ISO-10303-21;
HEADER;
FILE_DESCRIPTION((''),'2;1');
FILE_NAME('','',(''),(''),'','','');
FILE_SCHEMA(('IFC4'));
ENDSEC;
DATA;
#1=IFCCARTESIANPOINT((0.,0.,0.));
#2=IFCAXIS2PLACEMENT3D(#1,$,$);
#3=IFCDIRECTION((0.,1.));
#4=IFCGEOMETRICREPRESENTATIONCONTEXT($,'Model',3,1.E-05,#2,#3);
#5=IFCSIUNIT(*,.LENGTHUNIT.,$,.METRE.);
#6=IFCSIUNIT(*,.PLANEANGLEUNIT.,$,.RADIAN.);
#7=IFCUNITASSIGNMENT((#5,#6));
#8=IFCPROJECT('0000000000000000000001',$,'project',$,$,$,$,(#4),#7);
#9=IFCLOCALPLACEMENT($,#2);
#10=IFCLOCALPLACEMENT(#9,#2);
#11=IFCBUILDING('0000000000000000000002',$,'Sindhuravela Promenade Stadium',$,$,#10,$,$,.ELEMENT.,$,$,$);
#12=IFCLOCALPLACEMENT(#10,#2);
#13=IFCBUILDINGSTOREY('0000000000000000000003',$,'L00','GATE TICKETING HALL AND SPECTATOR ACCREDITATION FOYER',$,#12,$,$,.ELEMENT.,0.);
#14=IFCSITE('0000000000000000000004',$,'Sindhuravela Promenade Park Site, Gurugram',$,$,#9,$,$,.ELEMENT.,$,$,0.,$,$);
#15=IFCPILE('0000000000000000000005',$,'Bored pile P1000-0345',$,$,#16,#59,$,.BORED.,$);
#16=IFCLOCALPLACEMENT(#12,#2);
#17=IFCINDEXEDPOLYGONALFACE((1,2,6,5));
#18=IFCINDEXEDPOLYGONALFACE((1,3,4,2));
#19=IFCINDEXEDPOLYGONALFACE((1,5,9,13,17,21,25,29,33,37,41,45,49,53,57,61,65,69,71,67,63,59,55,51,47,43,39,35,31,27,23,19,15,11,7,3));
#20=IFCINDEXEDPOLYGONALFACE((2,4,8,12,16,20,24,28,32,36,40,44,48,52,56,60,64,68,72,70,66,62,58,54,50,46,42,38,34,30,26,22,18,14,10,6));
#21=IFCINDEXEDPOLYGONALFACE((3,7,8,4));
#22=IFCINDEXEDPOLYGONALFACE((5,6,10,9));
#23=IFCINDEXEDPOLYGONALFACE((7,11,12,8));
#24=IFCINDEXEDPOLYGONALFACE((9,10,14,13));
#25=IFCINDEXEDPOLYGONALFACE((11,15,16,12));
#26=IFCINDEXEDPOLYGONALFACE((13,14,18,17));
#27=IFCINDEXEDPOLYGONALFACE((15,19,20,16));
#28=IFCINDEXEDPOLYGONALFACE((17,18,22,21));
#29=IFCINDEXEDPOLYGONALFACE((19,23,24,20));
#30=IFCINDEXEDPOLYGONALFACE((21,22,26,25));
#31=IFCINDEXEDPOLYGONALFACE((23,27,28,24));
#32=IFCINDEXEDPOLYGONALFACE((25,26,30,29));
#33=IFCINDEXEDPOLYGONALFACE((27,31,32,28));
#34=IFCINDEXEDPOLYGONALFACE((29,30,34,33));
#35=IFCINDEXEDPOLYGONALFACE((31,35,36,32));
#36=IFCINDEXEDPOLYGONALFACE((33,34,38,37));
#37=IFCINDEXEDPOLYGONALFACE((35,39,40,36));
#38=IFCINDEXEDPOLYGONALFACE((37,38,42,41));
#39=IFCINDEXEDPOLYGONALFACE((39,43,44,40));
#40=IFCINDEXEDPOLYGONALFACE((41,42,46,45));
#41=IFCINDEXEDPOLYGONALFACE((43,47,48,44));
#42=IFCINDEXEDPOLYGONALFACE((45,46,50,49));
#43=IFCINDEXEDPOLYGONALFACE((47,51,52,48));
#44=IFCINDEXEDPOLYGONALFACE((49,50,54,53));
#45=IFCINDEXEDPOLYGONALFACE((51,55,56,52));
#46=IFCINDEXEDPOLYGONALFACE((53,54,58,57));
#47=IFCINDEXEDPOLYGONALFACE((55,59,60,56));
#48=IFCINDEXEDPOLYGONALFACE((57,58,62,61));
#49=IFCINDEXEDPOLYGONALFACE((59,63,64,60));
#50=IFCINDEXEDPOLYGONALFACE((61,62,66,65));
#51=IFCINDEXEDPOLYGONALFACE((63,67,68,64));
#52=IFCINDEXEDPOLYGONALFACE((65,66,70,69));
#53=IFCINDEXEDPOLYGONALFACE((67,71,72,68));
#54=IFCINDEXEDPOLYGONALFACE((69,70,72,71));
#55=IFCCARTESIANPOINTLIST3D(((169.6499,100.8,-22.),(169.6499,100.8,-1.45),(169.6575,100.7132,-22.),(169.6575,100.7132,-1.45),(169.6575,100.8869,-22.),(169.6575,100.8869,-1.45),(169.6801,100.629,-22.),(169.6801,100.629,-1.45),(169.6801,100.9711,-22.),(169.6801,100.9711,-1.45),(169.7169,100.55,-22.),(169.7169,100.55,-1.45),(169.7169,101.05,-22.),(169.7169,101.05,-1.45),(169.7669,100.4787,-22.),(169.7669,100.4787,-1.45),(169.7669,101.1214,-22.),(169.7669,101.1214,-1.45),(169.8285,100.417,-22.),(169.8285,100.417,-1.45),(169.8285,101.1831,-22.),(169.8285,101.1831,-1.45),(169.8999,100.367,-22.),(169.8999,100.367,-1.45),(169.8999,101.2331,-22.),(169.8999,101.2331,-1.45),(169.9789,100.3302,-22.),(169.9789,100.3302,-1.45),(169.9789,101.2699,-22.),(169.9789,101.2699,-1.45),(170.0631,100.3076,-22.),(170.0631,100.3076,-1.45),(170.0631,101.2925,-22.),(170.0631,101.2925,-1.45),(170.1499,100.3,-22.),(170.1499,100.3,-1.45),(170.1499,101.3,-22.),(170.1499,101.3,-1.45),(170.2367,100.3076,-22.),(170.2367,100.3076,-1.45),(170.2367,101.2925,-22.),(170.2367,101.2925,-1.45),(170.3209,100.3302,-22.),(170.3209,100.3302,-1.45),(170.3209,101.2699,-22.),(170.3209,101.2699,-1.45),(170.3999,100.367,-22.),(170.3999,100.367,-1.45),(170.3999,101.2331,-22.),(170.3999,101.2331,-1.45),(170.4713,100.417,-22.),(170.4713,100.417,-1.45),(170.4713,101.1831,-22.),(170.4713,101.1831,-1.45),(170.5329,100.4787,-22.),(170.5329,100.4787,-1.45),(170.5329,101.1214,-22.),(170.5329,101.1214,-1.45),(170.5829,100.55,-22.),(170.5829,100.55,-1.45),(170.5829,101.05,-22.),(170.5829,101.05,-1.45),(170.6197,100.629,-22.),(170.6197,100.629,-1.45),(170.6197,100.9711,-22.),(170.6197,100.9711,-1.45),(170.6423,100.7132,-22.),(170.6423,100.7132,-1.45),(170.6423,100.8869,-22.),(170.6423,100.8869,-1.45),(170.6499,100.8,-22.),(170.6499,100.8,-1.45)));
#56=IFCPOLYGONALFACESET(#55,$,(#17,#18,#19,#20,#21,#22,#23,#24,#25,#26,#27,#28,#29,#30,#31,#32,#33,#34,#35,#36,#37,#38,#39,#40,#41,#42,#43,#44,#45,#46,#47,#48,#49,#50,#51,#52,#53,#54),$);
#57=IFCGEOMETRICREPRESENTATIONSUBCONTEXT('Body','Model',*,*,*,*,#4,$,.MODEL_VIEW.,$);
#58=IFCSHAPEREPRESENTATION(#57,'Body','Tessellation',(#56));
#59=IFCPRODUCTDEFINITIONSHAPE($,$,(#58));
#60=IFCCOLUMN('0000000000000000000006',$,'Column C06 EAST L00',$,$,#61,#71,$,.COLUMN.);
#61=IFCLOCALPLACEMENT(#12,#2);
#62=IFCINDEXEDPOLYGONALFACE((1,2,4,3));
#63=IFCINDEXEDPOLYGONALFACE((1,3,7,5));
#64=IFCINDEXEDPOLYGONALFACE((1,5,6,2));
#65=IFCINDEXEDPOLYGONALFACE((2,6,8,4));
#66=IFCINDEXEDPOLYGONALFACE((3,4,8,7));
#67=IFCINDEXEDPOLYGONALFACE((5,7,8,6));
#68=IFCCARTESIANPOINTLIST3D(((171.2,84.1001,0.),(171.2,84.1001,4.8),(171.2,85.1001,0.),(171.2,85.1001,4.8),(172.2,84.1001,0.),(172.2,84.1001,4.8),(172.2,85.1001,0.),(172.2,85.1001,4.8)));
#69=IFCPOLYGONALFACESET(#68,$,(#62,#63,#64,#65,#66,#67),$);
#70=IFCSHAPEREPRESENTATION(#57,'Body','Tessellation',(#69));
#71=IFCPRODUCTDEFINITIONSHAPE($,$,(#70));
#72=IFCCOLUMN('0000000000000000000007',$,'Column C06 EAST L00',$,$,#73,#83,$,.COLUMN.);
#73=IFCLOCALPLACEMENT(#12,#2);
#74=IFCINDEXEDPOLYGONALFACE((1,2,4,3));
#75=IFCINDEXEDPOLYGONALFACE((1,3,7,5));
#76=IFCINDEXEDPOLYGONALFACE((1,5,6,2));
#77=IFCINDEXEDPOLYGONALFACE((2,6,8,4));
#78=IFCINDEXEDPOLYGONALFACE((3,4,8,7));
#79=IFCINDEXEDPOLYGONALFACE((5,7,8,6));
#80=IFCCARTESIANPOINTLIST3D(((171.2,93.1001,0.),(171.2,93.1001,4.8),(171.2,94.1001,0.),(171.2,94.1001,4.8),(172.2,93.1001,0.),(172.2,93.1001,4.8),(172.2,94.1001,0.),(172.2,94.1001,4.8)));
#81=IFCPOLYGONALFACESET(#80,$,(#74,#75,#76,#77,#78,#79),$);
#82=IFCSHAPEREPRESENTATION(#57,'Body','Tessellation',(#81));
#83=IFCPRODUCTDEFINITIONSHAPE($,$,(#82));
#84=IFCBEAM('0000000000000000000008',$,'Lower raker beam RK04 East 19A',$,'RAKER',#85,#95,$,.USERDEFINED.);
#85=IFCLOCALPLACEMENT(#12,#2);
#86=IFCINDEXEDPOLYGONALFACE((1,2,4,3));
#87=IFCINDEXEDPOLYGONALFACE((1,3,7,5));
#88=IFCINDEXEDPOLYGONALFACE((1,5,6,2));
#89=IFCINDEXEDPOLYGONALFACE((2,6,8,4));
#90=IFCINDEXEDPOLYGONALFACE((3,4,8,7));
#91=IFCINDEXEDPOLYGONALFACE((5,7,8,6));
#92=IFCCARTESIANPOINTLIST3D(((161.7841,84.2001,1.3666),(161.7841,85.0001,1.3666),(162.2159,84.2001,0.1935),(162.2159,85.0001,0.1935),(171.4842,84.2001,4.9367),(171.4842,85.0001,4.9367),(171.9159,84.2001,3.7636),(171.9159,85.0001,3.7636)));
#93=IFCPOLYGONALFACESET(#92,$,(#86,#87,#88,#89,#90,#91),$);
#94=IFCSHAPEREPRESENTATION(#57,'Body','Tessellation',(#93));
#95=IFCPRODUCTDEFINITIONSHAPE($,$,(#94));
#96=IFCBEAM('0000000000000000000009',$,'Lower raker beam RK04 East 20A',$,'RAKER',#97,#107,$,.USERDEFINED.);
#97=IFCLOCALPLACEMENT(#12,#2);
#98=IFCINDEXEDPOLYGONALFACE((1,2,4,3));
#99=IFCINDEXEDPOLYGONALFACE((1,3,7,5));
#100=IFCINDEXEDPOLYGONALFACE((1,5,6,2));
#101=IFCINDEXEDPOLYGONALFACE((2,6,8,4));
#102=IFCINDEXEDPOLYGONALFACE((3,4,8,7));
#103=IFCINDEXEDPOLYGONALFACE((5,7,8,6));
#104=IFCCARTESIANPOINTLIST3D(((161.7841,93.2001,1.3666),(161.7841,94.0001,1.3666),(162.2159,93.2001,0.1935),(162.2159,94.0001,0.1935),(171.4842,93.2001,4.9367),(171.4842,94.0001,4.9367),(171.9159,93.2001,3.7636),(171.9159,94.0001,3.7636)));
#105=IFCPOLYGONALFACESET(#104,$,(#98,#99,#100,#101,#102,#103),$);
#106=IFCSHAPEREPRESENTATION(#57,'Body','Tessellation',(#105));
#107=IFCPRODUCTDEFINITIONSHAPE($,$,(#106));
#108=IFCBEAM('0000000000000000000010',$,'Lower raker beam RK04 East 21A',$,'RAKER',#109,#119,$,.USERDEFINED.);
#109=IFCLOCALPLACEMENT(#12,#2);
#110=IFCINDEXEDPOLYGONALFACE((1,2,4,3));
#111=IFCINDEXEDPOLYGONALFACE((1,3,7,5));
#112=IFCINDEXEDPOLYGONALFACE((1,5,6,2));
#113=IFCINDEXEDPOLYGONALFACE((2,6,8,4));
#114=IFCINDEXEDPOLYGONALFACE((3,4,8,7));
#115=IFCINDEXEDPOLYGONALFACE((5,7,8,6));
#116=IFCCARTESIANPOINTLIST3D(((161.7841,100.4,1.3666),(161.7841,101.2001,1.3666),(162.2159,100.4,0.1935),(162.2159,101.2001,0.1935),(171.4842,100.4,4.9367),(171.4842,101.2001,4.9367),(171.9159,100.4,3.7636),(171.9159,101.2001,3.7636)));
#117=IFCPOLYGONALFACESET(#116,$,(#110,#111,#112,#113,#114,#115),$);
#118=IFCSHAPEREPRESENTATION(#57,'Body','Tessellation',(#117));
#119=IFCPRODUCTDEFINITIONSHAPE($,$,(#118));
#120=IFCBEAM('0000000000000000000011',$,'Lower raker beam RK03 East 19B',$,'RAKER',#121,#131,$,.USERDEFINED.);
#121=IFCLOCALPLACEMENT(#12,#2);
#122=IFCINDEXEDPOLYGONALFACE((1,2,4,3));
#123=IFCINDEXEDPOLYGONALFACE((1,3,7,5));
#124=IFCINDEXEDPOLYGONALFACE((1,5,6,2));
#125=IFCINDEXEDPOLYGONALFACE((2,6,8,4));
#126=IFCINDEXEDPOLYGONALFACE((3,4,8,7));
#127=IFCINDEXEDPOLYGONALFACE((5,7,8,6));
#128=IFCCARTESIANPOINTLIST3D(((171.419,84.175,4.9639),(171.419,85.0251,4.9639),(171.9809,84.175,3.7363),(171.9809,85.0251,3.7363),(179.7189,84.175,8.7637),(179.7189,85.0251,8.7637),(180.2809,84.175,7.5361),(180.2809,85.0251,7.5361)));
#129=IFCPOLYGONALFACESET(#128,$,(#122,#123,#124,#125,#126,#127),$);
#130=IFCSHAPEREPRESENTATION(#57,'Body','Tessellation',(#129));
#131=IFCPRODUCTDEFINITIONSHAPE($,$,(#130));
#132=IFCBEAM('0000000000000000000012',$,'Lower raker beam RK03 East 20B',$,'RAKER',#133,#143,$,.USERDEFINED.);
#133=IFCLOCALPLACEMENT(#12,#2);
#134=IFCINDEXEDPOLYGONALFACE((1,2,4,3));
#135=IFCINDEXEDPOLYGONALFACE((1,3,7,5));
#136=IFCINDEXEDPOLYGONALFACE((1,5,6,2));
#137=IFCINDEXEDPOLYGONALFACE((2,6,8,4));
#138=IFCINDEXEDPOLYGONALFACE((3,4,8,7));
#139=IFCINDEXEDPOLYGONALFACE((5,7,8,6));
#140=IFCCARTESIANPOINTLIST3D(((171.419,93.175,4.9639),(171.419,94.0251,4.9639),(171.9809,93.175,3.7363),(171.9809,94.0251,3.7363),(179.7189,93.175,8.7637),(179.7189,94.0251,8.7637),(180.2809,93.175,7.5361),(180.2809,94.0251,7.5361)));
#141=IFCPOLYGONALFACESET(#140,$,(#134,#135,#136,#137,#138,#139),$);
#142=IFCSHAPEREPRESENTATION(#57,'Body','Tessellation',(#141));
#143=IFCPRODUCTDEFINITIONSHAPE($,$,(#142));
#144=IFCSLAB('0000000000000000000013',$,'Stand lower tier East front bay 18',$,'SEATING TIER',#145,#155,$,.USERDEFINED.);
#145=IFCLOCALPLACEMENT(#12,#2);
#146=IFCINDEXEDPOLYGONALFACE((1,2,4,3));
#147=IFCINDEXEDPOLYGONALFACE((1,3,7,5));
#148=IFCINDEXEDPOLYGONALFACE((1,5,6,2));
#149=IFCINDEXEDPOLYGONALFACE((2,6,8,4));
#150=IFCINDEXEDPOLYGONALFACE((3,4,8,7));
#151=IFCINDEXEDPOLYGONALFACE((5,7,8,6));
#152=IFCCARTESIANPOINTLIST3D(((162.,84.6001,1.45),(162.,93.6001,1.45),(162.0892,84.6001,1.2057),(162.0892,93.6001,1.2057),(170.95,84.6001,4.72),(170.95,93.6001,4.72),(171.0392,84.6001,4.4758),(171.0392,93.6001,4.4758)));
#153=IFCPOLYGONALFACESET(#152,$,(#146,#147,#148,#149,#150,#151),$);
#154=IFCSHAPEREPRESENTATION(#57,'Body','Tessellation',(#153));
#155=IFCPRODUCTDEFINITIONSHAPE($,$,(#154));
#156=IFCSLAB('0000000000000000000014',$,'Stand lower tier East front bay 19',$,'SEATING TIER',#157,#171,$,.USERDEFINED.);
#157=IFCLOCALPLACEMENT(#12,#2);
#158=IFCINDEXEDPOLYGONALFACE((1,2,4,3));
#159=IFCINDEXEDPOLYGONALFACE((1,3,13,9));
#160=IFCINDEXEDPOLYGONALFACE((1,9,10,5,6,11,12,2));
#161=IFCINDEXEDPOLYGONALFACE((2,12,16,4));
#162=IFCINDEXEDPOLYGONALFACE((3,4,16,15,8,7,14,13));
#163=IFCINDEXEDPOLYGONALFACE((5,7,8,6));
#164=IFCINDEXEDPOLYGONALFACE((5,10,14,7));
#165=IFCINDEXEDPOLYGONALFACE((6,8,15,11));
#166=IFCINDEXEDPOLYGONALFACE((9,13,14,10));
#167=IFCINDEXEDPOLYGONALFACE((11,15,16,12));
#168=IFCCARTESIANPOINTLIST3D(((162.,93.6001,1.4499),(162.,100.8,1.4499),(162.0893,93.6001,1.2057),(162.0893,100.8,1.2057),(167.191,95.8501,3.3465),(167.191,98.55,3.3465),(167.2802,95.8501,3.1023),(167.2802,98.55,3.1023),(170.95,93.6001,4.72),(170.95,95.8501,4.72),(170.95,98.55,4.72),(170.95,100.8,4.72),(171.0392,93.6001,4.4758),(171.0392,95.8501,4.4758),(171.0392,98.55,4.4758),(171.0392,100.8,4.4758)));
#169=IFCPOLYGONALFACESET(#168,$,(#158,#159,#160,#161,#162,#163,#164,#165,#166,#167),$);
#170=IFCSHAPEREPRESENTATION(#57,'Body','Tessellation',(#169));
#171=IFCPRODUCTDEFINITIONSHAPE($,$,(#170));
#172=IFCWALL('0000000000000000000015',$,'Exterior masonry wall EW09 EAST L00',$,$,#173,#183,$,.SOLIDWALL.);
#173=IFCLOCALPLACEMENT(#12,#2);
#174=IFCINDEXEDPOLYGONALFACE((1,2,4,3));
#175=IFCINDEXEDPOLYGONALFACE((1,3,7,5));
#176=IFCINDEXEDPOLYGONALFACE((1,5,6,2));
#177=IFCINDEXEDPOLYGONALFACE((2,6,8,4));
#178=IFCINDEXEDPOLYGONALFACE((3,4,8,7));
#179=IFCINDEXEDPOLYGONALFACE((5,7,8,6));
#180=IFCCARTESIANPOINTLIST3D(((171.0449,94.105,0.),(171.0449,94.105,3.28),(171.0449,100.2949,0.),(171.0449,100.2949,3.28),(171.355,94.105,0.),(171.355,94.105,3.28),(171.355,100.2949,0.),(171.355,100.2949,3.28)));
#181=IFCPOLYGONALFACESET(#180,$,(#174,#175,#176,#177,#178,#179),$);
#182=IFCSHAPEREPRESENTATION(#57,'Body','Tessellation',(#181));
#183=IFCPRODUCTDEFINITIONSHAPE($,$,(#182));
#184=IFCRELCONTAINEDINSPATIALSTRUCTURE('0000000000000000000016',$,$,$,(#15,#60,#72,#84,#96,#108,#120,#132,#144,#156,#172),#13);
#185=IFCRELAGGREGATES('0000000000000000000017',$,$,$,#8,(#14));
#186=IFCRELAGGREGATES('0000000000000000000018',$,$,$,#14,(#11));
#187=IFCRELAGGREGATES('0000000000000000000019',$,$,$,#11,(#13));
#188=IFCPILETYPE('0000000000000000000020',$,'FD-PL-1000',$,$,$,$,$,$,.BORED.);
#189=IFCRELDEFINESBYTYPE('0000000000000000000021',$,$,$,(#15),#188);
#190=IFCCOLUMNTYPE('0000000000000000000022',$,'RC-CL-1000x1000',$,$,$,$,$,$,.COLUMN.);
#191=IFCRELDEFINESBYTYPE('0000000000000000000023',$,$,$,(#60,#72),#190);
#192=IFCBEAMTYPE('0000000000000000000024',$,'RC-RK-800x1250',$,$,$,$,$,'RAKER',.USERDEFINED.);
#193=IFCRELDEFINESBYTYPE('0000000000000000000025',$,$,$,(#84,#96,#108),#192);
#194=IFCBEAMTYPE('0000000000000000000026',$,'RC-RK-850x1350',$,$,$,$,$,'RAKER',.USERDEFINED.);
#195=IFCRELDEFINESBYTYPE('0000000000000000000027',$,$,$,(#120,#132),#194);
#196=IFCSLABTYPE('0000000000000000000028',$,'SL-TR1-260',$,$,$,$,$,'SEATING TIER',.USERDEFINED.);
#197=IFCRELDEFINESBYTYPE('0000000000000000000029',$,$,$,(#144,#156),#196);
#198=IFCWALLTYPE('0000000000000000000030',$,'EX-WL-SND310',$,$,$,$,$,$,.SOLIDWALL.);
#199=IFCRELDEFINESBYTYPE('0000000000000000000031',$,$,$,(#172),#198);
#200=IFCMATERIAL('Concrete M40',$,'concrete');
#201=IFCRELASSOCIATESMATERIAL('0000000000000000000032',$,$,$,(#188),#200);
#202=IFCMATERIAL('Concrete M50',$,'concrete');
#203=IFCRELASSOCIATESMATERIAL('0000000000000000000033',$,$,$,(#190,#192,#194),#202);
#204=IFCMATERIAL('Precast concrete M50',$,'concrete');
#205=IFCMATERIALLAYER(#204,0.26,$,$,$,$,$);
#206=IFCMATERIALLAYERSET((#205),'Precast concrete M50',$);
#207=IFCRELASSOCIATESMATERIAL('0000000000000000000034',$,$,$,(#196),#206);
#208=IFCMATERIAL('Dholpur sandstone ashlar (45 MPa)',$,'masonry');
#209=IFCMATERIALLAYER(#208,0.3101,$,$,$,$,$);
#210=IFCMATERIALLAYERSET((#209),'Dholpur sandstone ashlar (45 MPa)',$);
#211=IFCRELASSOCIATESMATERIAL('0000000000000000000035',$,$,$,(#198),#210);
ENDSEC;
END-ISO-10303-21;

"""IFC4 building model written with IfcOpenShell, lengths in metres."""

from ifc_helpers import new_model, si_unit, direction, frame, frame_2d, origin, origin_2d, place, context, subcontext, project, spatial, polyline, rectangle, circle, outline, extrude, material, layer, layer_set, material_profile, profile_set, type_object, element, save


model = new_model("IFC4")

# Units and contexts
model_context = context("Model", 3, precision=1e-05, world=origin(), true_north=direction((0.0, 1.0)))
body_context = subcontext(model_context, "Body", "Model", "MODEL_VIEW")
ifc_project = project(units=[si_unit("LENGTHUNIT", "METRE"), si_unit("PLANEANGLEUNIT", "RADIAN")], contexts=[model_context])

# Site, building, storey
site_placement = place(None, origin())
site = spatial("IfcSite", under=ifc_project, at=site_placement, Name="Sindhuravela Promenade Park Site, Gurugram", CompositionType="ELEMENT", RefElevation=0.0)
building_placement = place(site_placement, origin())
building = spatial("IfcBuilding", under=site, at=building_placement, Name="Sindhuravela Promenade Stadium", CompositionType="ELEMENT")
storey_placement = place(building_placement, origin())
storey = spatial("IfcBuildingStorey", under=building, at=storey_placement, Name="L00", Description="GATE TICKETING HALL AND SPECTATOR ACCREDITATION FOYER", CompositionType="ELEMENT", Elevation=0.0)

# Shared definitions
ifc_material_1 = material(Name="Concrete M50", Category="concrete")

# Pile
ifc_material_2 = material(Name="Concrete M40", Category="concrete")
ifc_material_profile_1 = material_profile(ifc_material_2, circle(Radius=0.5, at=origin_2d()), Name="BORED PILE D1000")
ifc_profile_set_1 = profile_set([ifc_material_profile_1], Name="Concrete M40")
pile_type = type_object("IfcPileType", Name="FD-PL-1000", PredefinedType="BORED", material=ifc_profile_set_1)
for number, where, z_axis, x_axis, name in (
    (1, (170.1499, 100.8, -1.45), (0.0, 0.0, -1.0), (1.0, 0.0, 0.0), "Bored pile P1000-0345"),
):
    element("IfcPile", number, at=place(storey_placement, frame(where, z_axis=z_axis, x_axis=x_axis)), inside=storey, type_object=pile_type, Name=name, PredefinedType="BORED", context=body_context, shape_type="SweptSolid", body=[
        extrude(circle(Radius=0.5, at=origin_2d()), origin(), (0.0, 0.0, 1.0), 20.55),
    ])

# Columns
ifc_material_profile_2 = material_profile(ifc_material_1, rectangle(XDim=1.0, YDim=1.0, at=origin_2d()), Name="RC 1000x1000")
ifc_profile_set_2 = profile_set([ifc_material_profile_2], Name="Concrete M50")
column_type = type_object("IfcColumnType", Name="RC-CL-1000x1000", PredefinedType="COLUMN", material=ifc_profile_set_2)
for number, where, z_axis, x_axis, name in (
    (2, (171.7, 84.6001, 0.0), (0.0, 0.0, 1.0), (1.0, 0.0, 0.0), "Column C06 EAST L00"),
    (3, (171.7, 93.6001, 0.0), (0.0, 0.0, 1.0), (1.0, 0.0, 0.0), "Column C06 EAST L00"),
):
    element("IfcColumn", number, at=place(storey_placement, frame(where, z_axis=z_axis, x_axis=x_axis)), inside=storey, type_object=column_type, Name=name, PredefinedType="COLUMN", context=body_context, shape_type="SweptSolid", body=[
        extrude(rectangle(XDim=1.0, YDim=1.0, at=origin_2d()), origin(), (0.0, 0.0, 1.0), 4.8),
    ])

# Beams
ifc_material_profile_3 = material_profile(ifc_material_1, rectangle(XDim=0.8, YDim=1.25, at=origin_2d()), Name="RC 800x1250")
ifc_profile_set_3 = profile_set([ifc_material_profile_3], Name="Concrete M50")
beam_type_1 = type_object("IfcBeamType", Name="RC-RK-800x1250", ElementType="RAKER", PredefinedType="USERDEFINED", material=ifc_profile_set_3)
for number, where, z_axis, x_axis, name in (
    (4, (162.0, 84.6001, 0.78), (0.938456, 0.0, 0.345399), (0.0, 1.0, 0.0), "Lower raker beam RK04 East 19A"),
    (5, (162.0, 93.6001, 0.78), (0.938456, 0.0, 0.345399), (0.0, 1.0, 0.0), "Lower raker beam RK04 East 20A"),
    (6, (162.0, 100.8, 0.78), (0.938456, 0.0, 0.345399), (0.0, 1.0, 0.0), "Lower raker beam RK04 East 21A"),
):
    element("IfcBeam", number, at=place(storey_placement, frame(where, z_axis=z_axis, x_axis=x_axis)), inside=storey, type_object=beam_type_1, Name=name, ObjectType="RAKER", PredefinedType="USERDEFINED", context=body_context, shape_type="SweptSolid", body=[
        extrude(rectangle(XDim=0.8, YDim=1.25, at=origin_2d()), origin(), (0.0, 0.0, 1.0), 10.3362),
    ])
ifc_material_profile_4 = material_profile(ifc_material_1, rectangle(XDim=0.8501, YDim=1.3501, at=origin_2d()), Name="RC 850x1350")
ifc_profile_set_4 = profile_set([ifc_material_profile_4], Name="Concrete M50")
beam_type_2 = type_object("IfcBeamType", Name="RC-RK-850x1350", ElementType="RAKER", PredefinedType="USERDEFINED", material=ifc_profile_set_4)
for number, where, z_axis, x_axis, name in (
    (7, (171.7, 84.6001, 4.3501), (0.909247, 0.0, 0.416258), (0.0, 1.0, 0.0), "Lower raker beam RK03 East 19B"),
    (8, (171.7, 93.6001, 4.3501), (0.909247, 0.0, 0.416258), (0.0, 1.0, 0.0), "Lower raker beam RK03 East 20B"),
):
    element("IfcBeam", number, at=place(storey_placement, frame(where, z_axis=z_axis, x_axis=x_axis)), inside=storey, type_object=beam_type_2, Name=name, ObjectType="RAKER", PredefinedType="USERDEFINED", context=body_context, shape_type="SweptSolid", body=[
        extrude(rectangle(XDim=0.8501, YDim=1.3501, at=origin_2d()), origin(), (0.0, 0.0, 1.0), 9.1284),
    ])

# Slabs
ifc_material_3 = material(Name="Precast concrete M50", Category="concrete")
ifc_layer_1 = layer(ifc_material_3, 0.26)
ifc_layer_set_1 = layer_set([ifc_layer_1], Name="Precast concrete M50")
slab_type = type_object("IfcSlabType", Name="SL-TR1-260", ElementType="SEATING TIER", PredefinedType="USERDEFINED", material=ifc_layer_set_1)
slab_1_placement = place(storey_placement, frame((170.95, 84.6001, 4.72), z_axis=(-0.343179, 0.0, 0.93927), x_axis=(0.0, 1.0, 0.0)))
element("IfcSlab", 9, at=slab_1_placement, inside=storey, type_object=slab_type, Name="Stand lower tier East front bay 18", ObjectType="SEATING TIER", PredefinedType="USERDEFINED", context=body_context, shape_type="SweptSolid", body=[
    extrude(outline(polyline([(0.0, 0.0), (9.0, 0.0), (9.0, 9.5286), (0.0, 9.5286), (0.0, 0.0)])), origin(), (0.0, 0.0, -1.0), 0.26),
])
slab_2_placement = place(storey_placement, frame((170.95, 93.6001, 4.72), z_axis=(-0.343184, 0.0, 0.939268), x_axis=(0.0, 1.0, 0.0)))
element("IfcSlab", 10, at=slab_2_placement, inside=storey, type_object=slab_type, Name="Stand lower tier East front bay 19", ObjectType="SEATING TIER", PredefinedType="USERDEFINED", context=body_context, shape_type="SweptSolid", body=[
    extrude(outline(polyline([(0.0, 0.0), (2.25, 0.0), (2.25, 4.002), (4.95, 4.002), (4.95, 0.0), (7.2, 0.0), (7.2, 9.5286), (0.0, 9.5286), (0.0, 0.0)])), origin(), (0.0, 0.0, -1.0), 0.26),
])

# Wall
ifc_material_4 = material(Name="Dholpur sandstone ashlar (45 MPa)", Category="masonry")
ifc_layer_2 = layer(ifc_material_4, 0.3101)
ifc_layer_set_2 = layer_set([ifc_layer_2], Name="Dholpur sandstone ashlar (45 MPa)")
wall_type_1 = type_object("IfcWallType", Name="EX-WL-SND310", PredefinedType="SOLIDWALL", material=ifc_layer_set_2)
wall_1_placement = place(storey_placement, frame((171.2, 94.105, 0.0), z_axis=(0.0, 0.0, 1.0), x_axis=(0.0, 1.0, 0.0)))
element("IfcWall", 11, at=wall_1_placement, inside=storey, type_object=wall_type_1, Name="Exterior masonry wall EW09 EAST L00", PredefinedType="SOLIDWALL", context=body_context, shape_type="SweptSolid", body=[
    extrude(rectangle(XDim=6.1899, YDim=0.3101, at=frame_2d((3.095, 0.0))), origin(), (0.0, 0.0, 1.0), 3.28),
])

save(model, "model.ifc")
